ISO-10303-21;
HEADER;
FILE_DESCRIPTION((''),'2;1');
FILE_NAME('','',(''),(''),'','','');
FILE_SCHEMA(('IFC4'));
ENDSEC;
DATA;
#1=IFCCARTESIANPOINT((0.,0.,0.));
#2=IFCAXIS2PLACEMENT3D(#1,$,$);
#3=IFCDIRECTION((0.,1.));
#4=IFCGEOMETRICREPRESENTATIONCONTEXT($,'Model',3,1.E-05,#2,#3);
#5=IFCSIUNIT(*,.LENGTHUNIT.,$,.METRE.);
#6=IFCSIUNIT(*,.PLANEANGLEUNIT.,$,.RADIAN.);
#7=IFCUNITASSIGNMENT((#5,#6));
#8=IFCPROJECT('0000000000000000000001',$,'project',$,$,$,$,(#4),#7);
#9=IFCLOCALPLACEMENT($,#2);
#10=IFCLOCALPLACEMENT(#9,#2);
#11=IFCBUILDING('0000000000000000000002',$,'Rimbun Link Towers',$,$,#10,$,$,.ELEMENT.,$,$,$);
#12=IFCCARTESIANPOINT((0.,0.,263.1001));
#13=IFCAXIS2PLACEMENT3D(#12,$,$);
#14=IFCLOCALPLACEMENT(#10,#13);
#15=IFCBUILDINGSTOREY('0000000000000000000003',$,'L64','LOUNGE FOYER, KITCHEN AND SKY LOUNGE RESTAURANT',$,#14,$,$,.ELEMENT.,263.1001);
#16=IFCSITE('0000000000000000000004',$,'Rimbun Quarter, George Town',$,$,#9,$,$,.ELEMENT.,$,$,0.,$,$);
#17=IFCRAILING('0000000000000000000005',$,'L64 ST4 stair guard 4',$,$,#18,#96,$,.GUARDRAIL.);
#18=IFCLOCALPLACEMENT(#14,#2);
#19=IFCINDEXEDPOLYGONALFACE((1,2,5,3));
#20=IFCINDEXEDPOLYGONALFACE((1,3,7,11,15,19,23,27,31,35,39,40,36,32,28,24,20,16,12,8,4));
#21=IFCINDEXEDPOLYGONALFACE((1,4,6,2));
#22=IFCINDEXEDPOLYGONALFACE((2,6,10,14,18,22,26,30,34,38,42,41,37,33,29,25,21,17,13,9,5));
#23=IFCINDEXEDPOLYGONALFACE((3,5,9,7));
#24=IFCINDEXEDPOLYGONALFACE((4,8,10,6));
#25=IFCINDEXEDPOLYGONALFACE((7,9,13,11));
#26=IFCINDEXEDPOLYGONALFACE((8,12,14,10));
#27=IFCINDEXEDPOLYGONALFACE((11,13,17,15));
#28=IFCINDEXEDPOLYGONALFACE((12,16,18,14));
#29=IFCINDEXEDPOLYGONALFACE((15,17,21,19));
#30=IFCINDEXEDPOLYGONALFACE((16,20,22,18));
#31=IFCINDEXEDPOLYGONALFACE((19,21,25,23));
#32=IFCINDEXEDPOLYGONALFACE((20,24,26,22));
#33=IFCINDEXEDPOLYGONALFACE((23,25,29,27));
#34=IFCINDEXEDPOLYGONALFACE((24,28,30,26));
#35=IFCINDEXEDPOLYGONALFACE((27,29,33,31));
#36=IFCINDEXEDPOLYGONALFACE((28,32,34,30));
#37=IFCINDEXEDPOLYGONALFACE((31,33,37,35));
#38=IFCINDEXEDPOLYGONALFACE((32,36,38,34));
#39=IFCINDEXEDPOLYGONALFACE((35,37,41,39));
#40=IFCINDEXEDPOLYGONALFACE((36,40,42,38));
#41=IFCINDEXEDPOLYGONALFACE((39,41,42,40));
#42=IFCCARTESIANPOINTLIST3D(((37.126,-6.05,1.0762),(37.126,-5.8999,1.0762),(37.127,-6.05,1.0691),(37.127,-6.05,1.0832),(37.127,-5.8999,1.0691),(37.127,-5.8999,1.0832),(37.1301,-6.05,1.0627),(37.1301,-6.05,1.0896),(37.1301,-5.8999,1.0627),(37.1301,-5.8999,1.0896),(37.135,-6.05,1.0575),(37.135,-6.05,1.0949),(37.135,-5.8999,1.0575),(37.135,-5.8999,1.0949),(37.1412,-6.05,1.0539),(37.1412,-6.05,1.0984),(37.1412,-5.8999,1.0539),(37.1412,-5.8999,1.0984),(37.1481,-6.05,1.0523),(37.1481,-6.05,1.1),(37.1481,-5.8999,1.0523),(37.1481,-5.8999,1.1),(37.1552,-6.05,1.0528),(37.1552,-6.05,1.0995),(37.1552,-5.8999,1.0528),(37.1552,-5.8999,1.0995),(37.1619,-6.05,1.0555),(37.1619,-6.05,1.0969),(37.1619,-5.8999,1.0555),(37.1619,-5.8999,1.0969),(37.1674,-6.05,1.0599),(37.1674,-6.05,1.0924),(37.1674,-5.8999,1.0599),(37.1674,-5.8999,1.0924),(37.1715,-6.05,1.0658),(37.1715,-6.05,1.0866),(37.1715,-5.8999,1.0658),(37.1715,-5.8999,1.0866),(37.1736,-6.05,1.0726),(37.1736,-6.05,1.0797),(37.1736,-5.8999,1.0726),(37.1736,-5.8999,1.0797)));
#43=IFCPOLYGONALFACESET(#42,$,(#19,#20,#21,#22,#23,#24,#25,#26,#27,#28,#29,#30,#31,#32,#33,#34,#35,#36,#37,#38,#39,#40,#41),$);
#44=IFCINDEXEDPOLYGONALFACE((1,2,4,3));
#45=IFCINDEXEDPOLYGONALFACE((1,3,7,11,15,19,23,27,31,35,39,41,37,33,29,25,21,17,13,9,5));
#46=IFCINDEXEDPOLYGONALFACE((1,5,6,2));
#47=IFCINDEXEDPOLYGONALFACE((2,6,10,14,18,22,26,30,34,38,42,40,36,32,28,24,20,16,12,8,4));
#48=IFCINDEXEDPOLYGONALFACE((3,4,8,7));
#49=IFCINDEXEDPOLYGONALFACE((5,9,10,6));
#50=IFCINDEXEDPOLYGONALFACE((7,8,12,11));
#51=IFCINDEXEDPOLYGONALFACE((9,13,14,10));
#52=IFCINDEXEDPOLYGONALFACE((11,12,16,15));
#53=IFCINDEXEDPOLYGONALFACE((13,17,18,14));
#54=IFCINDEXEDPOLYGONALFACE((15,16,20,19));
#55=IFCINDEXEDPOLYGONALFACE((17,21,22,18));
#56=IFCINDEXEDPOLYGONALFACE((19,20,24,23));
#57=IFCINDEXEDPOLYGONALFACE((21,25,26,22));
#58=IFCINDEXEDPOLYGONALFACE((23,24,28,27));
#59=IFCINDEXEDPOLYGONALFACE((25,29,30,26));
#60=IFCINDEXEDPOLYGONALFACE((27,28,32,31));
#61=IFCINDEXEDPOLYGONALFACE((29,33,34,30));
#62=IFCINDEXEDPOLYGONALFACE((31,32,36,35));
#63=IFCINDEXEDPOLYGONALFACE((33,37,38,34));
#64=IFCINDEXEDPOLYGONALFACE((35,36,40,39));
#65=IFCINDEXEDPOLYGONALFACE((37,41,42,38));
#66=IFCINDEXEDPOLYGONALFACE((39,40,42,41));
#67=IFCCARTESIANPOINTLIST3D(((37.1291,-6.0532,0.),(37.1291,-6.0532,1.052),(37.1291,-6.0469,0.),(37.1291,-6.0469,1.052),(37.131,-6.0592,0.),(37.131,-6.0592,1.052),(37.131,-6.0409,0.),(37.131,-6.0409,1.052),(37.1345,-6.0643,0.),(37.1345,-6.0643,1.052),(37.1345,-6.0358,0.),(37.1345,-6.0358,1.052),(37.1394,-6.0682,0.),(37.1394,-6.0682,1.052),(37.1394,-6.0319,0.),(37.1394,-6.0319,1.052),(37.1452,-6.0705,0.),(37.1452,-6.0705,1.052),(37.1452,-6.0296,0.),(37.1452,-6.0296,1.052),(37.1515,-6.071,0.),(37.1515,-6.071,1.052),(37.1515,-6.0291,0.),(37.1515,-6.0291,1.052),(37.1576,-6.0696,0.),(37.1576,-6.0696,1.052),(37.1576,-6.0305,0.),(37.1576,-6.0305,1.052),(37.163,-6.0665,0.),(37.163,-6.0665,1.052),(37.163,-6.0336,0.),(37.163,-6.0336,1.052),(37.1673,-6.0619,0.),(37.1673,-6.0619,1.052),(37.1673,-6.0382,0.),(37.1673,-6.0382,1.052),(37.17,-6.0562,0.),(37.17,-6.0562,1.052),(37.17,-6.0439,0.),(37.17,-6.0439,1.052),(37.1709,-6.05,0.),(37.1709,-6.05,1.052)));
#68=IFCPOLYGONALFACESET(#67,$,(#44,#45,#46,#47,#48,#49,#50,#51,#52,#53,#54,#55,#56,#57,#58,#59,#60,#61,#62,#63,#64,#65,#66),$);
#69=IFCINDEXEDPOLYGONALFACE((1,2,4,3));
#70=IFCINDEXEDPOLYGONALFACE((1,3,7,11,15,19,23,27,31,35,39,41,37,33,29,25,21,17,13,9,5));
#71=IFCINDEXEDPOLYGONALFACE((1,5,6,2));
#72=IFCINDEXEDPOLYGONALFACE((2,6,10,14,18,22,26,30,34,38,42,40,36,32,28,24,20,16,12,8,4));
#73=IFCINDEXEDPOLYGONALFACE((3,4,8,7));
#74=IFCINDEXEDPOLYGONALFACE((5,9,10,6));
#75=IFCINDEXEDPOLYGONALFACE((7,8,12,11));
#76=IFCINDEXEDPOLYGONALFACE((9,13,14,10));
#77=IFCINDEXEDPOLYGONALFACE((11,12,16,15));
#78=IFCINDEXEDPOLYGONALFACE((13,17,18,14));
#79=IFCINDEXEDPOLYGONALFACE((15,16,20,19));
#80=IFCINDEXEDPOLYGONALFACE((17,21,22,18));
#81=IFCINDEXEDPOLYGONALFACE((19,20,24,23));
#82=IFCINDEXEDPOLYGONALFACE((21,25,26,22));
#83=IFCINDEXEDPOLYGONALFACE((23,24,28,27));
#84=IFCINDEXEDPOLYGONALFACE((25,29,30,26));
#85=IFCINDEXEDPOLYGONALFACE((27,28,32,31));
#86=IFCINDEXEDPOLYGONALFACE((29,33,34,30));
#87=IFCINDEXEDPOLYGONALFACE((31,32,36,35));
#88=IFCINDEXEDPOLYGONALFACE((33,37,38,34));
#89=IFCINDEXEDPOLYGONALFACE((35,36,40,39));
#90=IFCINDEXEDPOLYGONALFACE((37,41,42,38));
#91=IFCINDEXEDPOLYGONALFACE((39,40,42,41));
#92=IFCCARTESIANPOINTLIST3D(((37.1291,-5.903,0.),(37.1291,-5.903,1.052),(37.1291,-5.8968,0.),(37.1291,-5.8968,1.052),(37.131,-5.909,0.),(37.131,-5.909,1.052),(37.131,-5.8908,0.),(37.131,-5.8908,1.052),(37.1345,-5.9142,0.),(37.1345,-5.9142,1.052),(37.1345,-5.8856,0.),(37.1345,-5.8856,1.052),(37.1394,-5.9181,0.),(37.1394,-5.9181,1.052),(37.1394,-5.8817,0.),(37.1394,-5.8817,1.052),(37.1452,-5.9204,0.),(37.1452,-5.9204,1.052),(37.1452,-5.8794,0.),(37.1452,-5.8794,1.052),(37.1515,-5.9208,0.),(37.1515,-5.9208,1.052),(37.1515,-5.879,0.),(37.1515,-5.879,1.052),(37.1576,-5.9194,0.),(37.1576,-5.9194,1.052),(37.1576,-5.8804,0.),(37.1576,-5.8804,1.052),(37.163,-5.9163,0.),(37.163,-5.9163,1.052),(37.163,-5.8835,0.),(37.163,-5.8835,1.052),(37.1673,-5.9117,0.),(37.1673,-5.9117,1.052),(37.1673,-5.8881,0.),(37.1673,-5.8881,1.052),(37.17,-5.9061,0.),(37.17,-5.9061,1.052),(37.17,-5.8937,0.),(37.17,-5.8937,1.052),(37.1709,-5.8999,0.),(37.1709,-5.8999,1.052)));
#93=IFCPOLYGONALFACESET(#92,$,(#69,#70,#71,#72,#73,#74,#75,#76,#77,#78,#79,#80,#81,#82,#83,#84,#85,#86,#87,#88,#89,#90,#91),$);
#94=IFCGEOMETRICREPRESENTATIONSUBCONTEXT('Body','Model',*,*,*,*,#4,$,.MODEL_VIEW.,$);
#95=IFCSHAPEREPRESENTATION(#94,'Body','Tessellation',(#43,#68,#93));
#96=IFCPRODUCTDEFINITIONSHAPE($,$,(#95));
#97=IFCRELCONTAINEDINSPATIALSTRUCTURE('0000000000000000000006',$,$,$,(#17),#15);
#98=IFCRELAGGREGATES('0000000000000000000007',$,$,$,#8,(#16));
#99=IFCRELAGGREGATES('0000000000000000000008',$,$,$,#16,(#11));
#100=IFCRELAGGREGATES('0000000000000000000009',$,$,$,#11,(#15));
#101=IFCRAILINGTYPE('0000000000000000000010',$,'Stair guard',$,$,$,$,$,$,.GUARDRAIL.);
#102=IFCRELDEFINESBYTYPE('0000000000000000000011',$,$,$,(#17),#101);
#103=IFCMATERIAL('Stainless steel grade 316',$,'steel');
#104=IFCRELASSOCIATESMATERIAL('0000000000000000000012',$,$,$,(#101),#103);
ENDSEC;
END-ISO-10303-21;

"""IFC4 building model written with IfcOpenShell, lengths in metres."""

from ifc_helpers import new_model, si_unit, direction, frame, origin, origin_2d, place, context, subcontext, project, spatial, circle, extrude, material, type_object, element, save


model = new_model("IFC4")

# Units and contexts
model_context = context("Model", 3, precision=1e-05, world=origin(), true_north=direction((0.0, 1.0)))
body_context = subcontext(model_context, "Body", "Model", "MODEL_VIEW")
ifc_project = project(units=[si_unit("LENGTHUNIT", "METRE"), si_unit("PLANEANGLEUNIT", "RADIAN")], contexts=[model_context])

# Site, building, storey
site_placement = place(None, origin())
site = spatial("IfcSite", under=ifc_project, at=site_placement, Name="Rimbun Quarter, George Town", CompositionType="ELEMENT", RefElevation=0.0)
building_placement = place(site_placement, origin())
building = spatial("IfcBuilding", under=site, at=building_placement, Name="Rimbun Link Towers", CompositionType="ELEMENT")
storey_placement = place(building_placement, frame((0.0, 0.0, 263.1001)))
storey = spatial("IfcBuildingStorey", under=building, at=storey_placement, Name="L64", Description="LOUNGE FOYER, KITCHEN AND SKY LOUNGE RESTAURANT", CompositionType="ELEMENT", Elevation=263.1001)

# Railing
ifc_material_1 = material(Name="Stainless steel grade 316", Category="steel")
railing_type_1 = type_object("IfcRailingType", Name="Stair guard", PredefinedType="GUARDRAIL", material=ifc_material_1)
railing_1_placement = place(storey_placement, frame((37.1499, -6.05, 0.0)))
element("IfcRailing", 1, at=railing_1_placement, inside=storey, type_object=railing_type_1, Name="L64 ST4 stair guard 4", PredefinedType="GUARDRAIL", context=body_context, shape_type="SweptSolid", body=[
    extrude(circle(Radius=0.0239, at=origin_2d()), frame((0.0, 0.0, 1.0762), z_axis=(0.0, 1.0, 0.0), x_axis=(-1.0, 0.0, 0.0)), (0.0, 0.0, 1.0), 0.1501),
    extrude(circle(Radius=0.021, at=origin_2d()), origin(), (0.0, 0.0, 1.0), 1.052),
    extrude(circle(Radius=0.021, at=origin_2d()), frame((0.0, 0.1501, 0.0)), (0.0, 0.0, 1.0), 1.052),
])

save(model, "model.ifc")
